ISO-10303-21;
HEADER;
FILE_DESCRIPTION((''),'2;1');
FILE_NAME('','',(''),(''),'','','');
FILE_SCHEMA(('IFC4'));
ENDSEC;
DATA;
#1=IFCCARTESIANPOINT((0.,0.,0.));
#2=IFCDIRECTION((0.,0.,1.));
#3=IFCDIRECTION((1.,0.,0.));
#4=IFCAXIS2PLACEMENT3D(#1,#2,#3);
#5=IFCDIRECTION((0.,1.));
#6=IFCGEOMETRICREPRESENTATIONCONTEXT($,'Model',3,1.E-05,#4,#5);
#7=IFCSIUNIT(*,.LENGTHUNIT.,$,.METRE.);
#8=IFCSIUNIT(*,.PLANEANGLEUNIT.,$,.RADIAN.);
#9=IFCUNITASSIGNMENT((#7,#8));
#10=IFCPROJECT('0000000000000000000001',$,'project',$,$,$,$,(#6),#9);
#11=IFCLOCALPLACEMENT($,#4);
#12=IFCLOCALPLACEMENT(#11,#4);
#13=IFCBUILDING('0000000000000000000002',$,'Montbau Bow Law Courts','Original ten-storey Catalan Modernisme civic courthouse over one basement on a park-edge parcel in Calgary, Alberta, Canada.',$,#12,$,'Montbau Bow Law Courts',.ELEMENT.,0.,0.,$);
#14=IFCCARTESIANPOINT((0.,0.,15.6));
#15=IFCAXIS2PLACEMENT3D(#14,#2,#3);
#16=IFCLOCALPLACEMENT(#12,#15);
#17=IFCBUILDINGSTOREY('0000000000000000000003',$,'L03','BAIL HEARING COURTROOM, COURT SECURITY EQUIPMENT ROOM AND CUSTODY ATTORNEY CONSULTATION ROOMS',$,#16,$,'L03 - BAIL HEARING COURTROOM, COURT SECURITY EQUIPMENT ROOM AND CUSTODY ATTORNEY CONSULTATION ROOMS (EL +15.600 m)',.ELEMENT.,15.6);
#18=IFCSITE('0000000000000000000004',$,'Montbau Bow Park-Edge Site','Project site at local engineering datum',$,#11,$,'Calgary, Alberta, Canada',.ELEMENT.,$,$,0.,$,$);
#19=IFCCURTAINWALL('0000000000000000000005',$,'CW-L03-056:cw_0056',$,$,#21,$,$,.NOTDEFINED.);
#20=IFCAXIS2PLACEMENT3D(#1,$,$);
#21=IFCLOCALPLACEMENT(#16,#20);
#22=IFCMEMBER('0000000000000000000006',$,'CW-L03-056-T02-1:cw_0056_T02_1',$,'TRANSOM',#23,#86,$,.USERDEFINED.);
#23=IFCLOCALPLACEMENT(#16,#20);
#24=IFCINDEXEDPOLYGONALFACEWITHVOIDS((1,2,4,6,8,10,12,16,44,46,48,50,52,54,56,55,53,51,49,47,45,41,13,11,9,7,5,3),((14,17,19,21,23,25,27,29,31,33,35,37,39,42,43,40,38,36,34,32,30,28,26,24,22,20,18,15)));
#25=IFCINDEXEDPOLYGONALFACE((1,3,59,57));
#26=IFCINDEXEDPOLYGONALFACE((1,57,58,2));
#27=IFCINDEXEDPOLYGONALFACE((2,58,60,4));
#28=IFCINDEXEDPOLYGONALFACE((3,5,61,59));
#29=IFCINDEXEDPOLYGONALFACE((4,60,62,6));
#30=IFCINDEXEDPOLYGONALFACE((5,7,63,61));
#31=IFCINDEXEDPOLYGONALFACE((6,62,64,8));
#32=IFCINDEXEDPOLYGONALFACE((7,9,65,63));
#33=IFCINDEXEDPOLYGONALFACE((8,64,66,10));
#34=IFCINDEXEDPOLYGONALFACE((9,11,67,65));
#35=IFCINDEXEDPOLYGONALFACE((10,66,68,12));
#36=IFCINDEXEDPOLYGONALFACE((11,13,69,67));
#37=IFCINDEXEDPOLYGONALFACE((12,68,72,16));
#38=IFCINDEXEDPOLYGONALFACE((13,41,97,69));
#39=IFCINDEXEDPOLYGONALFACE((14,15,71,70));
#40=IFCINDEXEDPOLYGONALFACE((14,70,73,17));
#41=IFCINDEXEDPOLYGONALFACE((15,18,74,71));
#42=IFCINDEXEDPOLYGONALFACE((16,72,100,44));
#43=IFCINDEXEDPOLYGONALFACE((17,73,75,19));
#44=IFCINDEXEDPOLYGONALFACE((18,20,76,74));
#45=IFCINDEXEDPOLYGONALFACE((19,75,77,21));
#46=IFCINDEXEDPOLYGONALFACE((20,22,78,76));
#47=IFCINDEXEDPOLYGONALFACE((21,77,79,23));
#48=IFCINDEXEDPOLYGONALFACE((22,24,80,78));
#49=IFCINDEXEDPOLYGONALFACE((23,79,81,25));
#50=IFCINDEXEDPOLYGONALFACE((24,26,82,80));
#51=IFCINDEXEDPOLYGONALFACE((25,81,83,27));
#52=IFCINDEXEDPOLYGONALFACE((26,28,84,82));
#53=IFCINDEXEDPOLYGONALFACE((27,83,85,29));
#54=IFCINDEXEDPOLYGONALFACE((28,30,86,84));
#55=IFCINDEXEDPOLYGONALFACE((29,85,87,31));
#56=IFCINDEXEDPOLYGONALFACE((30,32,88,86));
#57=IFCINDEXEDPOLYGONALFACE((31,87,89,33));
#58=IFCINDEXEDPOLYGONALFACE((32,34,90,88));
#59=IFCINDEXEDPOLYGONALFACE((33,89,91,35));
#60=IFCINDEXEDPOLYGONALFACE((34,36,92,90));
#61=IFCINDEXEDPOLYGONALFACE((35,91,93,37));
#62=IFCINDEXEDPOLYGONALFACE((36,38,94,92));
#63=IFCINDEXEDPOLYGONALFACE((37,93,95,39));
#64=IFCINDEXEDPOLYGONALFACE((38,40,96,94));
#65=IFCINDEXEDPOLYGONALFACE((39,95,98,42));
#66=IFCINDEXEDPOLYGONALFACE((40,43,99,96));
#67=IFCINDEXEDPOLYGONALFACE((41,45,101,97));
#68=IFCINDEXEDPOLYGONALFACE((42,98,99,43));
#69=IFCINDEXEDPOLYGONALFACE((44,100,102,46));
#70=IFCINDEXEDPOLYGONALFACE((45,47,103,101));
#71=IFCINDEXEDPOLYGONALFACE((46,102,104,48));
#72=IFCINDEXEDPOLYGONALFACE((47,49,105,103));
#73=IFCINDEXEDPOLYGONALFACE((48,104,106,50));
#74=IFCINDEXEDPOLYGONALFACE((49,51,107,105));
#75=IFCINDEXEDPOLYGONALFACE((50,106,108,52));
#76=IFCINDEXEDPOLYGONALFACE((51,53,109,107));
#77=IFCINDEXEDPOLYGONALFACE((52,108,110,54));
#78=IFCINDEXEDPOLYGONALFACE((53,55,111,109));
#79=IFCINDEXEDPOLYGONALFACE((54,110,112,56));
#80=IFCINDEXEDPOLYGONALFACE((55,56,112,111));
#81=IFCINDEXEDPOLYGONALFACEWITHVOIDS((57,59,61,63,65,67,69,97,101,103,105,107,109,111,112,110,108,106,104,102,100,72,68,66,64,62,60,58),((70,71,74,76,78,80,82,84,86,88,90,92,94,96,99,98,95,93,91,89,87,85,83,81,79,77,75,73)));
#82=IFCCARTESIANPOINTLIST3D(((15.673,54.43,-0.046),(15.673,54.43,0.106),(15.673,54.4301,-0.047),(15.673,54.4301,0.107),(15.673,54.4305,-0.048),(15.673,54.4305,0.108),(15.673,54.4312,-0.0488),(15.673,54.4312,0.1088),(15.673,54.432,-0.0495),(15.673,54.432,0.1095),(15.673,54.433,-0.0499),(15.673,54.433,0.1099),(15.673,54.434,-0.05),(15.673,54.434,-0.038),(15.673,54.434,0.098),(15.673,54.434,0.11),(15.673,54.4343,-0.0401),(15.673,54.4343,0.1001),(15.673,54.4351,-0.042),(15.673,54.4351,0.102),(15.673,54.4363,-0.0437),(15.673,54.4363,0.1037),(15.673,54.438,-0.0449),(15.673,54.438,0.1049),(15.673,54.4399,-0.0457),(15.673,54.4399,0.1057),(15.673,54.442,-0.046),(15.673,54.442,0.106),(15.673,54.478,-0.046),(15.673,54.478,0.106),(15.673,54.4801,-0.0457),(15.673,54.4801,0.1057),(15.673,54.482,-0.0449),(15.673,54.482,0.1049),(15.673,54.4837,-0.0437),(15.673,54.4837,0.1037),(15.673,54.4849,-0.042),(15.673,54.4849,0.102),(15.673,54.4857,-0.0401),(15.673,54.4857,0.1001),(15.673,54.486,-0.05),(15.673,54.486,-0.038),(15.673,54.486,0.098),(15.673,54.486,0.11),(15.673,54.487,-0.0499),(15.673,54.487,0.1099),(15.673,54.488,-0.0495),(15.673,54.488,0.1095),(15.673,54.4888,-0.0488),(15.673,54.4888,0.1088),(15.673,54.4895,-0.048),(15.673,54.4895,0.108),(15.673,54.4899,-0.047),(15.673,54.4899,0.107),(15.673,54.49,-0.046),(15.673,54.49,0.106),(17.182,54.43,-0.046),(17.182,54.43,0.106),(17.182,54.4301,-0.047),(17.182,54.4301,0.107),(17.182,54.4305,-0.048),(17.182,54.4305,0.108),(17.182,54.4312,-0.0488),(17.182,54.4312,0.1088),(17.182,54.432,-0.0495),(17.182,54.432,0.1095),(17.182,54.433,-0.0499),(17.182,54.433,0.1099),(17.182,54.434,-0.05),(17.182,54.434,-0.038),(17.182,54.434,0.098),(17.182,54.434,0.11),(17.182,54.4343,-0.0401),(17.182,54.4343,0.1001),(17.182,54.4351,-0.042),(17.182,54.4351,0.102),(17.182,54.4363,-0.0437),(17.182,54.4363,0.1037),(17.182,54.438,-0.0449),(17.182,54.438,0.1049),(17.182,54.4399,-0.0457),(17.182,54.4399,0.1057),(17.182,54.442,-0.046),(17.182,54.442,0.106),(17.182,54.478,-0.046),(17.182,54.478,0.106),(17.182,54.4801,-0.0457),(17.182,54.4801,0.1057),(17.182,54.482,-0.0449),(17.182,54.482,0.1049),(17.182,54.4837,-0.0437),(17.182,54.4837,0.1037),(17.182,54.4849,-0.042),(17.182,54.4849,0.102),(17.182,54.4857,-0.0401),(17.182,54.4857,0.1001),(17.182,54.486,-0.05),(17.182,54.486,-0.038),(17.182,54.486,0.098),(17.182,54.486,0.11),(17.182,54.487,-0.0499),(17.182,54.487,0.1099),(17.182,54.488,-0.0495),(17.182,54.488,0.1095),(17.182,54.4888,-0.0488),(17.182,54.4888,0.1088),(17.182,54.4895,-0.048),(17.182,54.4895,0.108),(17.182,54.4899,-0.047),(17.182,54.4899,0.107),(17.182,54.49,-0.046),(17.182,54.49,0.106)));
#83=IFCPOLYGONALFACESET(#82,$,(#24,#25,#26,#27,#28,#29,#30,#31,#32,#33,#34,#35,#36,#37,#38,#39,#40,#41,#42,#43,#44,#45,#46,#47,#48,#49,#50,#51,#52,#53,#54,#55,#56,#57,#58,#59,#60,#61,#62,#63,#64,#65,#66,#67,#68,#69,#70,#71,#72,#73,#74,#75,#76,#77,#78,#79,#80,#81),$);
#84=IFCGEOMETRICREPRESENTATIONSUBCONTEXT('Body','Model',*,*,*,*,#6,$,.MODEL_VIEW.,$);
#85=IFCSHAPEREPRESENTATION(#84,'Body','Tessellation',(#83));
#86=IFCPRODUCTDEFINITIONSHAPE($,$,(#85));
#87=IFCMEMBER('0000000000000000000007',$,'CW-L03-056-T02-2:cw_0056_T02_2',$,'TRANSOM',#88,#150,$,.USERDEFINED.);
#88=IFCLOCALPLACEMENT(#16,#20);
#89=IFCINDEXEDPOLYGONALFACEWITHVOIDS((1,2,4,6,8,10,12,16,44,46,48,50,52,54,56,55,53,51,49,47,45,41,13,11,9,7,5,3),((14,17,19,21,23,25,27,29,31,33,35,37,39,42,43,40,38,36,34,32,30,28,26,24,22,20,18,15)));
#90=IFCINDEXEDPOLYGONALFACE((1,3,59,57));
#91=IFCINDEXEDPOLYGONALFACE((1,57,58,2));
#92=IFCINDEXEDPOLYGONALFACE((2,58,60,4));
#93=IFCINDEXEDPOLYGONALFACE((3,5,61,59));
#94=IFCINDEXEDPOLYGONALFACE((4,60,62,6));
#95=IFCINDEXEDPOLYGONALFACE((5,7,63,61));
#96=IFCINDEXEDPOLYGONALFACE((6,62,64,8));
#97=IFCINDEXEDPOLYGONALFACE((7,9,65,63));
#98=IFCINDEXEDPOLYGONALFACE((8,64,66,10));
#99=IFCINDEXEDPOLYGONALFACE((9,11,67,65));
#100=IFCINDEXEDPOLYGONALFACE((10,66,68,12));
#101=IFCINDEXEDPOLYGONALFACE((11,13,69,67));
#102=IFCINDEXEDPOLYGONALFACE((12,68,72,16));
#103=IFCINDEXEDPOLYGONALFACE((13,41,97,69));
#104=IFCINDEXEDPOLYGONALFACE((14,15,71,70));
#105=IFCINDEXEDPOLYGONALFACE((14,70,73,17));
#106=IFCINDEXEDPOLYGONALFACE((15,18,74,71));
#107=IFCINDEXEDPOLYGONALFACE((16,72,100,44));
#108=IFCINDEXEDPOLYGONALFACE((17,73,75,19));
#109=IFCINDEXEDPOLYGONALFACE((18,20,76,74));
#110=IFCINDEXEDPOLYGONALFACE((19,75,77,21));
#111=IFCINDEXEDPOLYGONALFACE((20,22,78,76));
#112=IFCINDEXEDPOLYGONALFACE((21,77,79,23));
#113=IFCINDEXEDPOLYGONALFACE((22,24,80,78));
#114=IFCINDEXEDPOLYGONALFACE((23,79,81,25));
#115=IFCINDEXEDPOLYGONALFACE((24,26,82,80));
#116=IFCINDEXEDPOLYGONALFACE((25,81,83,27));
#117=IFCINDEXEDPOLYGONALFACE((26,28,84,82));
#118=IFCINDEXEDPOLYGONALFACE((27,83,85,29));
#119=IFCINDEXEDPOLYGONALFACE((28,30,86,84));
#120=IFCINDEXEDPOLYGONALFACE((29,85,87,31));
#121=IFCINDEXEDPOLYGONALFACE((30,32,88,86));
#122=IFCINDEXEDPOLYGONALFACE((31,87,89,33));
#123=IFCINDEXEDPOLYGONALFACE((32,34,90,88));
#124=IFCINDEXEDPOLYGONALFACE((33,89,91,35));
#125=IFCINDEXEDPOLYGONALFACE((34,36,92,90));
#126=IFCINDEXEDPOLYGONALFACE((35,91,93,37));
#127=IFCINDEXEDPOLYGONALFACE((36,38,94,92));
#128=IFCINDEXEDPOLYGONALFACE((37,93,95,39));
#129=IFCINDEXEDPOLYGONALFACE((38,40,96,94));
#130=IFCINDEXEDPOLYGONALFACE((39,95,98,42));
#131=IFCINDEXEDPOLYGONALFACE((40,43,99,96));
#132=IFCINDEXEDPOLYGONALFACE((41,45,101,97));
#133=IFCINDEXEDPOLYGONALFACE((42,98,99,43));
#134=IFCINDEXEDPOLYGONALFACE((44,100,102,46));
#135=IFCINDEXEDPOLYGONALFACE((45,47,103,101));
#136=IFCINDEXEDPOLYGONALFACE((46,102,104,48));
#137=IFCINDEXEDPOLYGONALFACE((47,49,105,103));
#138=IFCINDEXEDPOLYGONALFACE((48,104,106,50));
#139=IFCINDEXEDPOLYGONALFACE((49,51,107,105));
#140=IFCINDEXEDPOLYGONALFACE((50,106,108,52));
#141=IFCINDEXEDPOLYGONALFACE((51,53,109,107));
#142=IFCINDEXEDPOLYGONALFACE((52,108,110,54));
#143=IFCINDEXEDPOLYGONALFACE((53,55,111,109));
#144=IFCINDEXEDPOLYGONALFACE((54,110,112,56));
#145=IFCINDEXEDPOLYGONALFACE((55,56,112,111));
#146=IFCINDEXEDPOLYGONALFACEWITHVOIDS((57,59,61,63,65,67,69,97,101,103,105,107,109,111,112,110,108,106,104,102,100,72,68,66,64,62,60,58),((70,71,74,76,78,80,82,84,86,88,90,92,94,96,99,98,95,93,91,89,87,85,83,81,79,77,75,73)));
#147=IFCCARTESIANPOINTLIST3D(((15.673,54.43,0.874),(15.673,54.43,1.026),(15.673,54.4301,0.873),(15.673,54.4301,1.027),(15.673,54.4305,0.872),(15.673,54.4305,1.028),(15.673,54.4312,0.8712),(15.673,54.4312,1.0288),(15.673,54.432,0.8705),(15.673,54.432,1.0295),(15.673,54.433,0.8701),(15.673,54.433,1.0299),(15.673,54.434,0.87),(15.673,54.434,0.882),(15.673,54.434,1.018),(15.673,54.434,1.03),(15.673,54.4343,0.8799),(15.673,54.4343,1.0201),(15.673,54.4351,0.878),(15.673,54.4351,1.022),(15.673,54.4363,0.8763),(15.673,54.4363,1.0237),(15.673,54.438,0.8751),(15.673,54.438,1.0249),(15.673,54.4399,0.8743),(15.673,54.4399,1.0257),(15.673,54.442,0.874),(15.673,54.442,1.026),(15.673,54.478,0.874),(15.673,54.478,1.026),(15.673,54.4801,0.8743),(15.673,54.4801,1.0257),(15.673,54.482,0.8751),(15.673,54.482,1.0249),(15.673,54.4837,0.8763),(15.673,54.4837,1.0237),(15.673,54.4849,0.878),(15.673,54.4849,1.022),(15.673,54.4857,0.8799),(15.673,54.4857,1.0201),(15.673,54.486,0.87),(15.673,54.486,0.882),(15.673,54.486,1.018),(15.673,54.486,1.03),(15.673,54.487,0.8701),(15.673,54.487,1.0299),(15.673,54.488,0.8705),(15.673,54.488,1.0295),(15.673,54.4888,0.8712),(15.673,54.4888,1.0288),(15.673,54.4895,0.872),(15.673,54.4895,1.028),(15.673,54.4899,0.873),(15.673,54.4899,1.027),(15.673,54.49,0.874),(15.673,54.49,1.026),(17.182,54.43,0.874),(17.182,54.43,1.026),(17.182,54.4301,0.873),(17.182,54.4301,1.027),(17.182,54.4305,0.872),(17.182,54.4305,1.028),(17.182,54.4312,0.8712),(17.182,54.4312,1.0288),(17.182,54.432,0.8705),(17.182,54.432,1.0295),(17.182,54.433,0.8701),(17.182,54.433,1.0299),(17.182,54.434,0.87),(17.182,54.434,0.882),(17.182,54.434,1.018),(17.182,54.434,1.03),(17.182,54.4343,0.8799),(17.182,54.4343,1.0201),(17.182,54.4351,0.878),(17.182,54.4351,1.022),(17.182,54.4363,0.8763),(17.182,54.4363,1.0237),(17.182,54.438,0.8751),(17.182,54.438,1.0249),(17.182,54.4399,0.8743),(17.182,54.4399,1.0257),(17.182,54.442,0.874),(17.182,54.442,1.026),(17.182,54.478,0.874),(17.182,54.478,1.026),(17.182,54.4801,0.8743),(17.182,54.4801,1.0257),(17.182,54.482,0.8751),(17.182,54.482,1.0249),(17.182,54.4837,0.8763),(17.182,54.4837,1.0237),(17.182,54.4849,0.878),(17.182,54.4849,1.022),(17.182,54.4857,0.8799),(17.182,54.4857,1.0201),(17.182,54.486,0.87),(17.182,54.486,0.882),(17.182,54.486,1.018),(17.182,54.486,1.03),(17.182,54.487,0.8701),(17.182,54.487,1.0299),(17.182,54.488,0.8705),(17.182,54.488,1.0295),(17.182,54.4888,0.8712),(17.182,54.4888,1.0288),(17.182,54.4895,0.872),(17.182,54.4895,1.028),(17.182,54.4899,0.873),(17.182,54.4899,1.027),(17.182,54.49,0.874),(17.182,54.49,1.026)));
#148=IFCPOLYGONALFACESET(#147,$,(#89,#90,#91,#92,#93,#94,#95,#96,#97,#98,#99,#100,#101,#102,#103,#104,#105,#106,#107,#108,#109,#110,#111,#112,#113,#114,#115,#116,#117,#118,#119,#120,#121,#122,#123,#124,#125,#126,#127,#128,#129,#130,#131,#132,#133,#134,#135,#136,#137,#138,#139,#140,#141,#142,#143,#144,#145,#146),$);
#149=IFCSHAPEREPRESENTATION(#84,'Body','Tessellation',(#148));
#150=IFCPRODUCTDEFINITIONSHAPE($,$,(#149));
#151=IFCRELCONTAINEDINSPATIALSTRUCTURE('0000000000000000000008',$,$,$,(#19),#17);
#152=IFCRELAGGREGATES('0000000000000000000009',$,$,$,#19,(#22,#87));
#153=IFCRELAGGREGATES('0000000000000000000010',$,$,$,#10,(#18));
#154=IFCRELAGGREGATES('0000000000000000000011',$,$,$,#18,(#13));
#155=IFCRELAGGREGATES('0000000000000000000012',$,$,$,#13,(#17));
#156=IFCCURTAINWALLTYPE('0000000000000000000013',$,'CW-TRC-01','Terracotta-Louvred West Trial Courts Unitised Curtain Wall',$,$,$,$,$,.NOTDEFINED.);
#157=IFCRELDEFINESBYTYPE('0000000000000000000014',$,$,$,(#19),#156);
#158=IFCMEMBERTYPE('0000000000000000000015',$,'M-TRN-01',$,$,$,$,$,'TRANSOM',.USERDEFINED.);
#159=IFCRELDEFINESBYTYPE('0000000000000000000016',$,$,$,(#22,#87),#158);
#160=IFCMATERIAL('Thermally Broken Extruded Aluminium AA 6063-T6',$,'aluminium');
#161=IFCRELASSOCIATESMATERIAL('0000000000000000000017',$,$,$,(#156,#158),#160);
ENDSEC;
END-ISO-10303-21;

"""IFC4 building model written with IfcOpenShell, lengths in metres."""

from ifc_helpers import new_model, si_unit, direction, frame, origin_with_axes, origin_2d_with_axis, place, context, subcontext, project, spatial, hollow_rectangle, extrude, material, material_profile, profile_set, type_object, element, aggregate, save


model = new_model("IFC4")

# Units and contexts
model_context = context("Model", 3, precision=1e-05, world=origin_with_axes(), true_north=direction((0.0, 1.0)))
body_context = subcontext(model_context, "Body", "Model", "MODEL_VIEW")
ifc_project = project(units=[si_unit("LENGTHUNIT", "METRE"), si_unit("PLANEANGLEUNIT", "RADIAN")], contexts=[model_context])

# Site, building, storey
site_placement = place(None, origin_with_axes())
site = spatial("IfcSite", under=ifc_project, at=site_placement, Name="Montbau Bow Park-Edge Site", Description="Project site at local engineering datum", LongName="Calgary, Alberta, Canada", CompositionType="ELEMENT", RefElevation=0.0)
building_placement = place(site_placement, origin_with_axes())
building = spatial("IfcBuilding", under=site, at=building_placement, Name="Montbau Bow Law Courts", Description="Original ten-storey Catalan Modernisme civic courthouse over one basement on a park-edge parcel in Calgary, Alberta, Canada.", LongName="Montbau Bow Law Courts", CompositionType="ELEMENT", ElevationOfRefHeight=0.0, ElevationOfTerrain=0.0)
storey_placement = place(building_placement, frame((0.0, 0.0, 15.6), z_axis=(0.0, 0.0, 1.0), x_axis=(1.0, 0.0, 0.0)))
storey = spatial("IfcBuildingStorey", under=building, at=storey_placement, Name="L03", Description="BAIL HEARING COURTROOM, COURT SECURITY EQUIPMENT ROOM AND CUSTODY ATTORNEY CONSULTATION ROOMS", LongName="L03 - BAIL HEARING COURTROOM, COURT SECURITY EQUIPMENT ROOM AND CUSTODY ATTORNEY CONSULTATION ROOMS (EL +15.600 m)", CompositionType="ELEMENT", Elevation=15.6)

# Curtain wall, members
ifc_material_1 = material(Name="Thermally Broken Extruded Aluminium AA 6063-T6", Category="aluminium")
curtain_wall_type = type_object("IfcCurtainWallType", Name="CW-TRC-01", Description="Terracotta-Louvred West Trial Courts Unitised Curtain Wall", PredefinedType="NOTDEFINED", material=ifc_material_1)
curtain_wall_placement = place(None, frame((14.068, 54.46, 15.6), z_axis=(0.0, 0.0, 1.0), x_axis=(1.0, 0.0, 0.0)))
curtain_wall = element("IfcCurtainWall", 1, at=curtain_wall_placement, inside=storey, type_object=curtain_wall_type, Name="CW-L03-056:cw_0056", PredefinedType="NOTDEFINED")
ifc_material_profile_1 = material_profile(ifc_material_1, hollow_rectangle(XDim=0.06, YDim=0.16, WallThickness=0.004, InnerFilletRadius=0.008, OuterFilletRadius=0.004, at=origin_2d_with_axis()), Name="CWT-160X60", Category="Main", Priority=0)
ifc_profile_set_1 = profile_set([ifc_material_profile_1], Name="Thermally Broken Extruded Aluminium AA 6063-T6")
member_type_1 = type_object("IfcMemberType", Name="M-TRN-01", ElementType="TRANSOM", PredefinedType="USERDEFINED", material=ifc_profile_set_1)
member_1_placement = place(None, frame((15.673, 54.46, 15.63), z_axis=(1.0, 0.0, 0.0), x_axis=(0.0, 1.0, 0.0)))
member_1 = element("IfcMember", 2, at=member_1_placement, type_object=member_type_1, Name="CW-L03-056-T02-1:cw_0056_T02_1", ObjectType="TRANSOM", PredefinedType="USERDEFINED", context=body_context, shape_type="SweptSolid", body=[
    extrude(hollow_rectangle(XDim=0.06, YDim=0.16, WallThickness=0.004, InnerFilletRadius=0.008, OuterFilletRadius=0.004, at=origin_2d_with_axis()), origin_with_axes(), (0.0, 0.0, 1.0), 1.509),
])
member_2_placement = place(None, frame((15.673, 54.46, 16.55), z_axis=(1.0, 0.0, 0.0), x_axis=(0.0, 1.0, 0.0)))
member_2 = element("IfcMember", 3, at=member_2_placement, type_object=member_type_1, Name="CW-L03-056-T02-2:cw_0056_T02_2", ObjectType="TRANSOM", PredefinedType="USERDEFINED", context=body_context, shape_type="SweptSolid", body=[
    extrude(hollow_rectangle(XDim=0.06, YDim=0.16, WallThickness=0.004, InnerFilletRadius=0.008, OuterFilletRadius=0.004, at=origin_2d_with_axis()), origin_with_axes(), (0.0, 0.0, 1.0), 1.509),
])
aggregate(curtain_wall, [member_1, member_2])

save(model, "model.ifc")
